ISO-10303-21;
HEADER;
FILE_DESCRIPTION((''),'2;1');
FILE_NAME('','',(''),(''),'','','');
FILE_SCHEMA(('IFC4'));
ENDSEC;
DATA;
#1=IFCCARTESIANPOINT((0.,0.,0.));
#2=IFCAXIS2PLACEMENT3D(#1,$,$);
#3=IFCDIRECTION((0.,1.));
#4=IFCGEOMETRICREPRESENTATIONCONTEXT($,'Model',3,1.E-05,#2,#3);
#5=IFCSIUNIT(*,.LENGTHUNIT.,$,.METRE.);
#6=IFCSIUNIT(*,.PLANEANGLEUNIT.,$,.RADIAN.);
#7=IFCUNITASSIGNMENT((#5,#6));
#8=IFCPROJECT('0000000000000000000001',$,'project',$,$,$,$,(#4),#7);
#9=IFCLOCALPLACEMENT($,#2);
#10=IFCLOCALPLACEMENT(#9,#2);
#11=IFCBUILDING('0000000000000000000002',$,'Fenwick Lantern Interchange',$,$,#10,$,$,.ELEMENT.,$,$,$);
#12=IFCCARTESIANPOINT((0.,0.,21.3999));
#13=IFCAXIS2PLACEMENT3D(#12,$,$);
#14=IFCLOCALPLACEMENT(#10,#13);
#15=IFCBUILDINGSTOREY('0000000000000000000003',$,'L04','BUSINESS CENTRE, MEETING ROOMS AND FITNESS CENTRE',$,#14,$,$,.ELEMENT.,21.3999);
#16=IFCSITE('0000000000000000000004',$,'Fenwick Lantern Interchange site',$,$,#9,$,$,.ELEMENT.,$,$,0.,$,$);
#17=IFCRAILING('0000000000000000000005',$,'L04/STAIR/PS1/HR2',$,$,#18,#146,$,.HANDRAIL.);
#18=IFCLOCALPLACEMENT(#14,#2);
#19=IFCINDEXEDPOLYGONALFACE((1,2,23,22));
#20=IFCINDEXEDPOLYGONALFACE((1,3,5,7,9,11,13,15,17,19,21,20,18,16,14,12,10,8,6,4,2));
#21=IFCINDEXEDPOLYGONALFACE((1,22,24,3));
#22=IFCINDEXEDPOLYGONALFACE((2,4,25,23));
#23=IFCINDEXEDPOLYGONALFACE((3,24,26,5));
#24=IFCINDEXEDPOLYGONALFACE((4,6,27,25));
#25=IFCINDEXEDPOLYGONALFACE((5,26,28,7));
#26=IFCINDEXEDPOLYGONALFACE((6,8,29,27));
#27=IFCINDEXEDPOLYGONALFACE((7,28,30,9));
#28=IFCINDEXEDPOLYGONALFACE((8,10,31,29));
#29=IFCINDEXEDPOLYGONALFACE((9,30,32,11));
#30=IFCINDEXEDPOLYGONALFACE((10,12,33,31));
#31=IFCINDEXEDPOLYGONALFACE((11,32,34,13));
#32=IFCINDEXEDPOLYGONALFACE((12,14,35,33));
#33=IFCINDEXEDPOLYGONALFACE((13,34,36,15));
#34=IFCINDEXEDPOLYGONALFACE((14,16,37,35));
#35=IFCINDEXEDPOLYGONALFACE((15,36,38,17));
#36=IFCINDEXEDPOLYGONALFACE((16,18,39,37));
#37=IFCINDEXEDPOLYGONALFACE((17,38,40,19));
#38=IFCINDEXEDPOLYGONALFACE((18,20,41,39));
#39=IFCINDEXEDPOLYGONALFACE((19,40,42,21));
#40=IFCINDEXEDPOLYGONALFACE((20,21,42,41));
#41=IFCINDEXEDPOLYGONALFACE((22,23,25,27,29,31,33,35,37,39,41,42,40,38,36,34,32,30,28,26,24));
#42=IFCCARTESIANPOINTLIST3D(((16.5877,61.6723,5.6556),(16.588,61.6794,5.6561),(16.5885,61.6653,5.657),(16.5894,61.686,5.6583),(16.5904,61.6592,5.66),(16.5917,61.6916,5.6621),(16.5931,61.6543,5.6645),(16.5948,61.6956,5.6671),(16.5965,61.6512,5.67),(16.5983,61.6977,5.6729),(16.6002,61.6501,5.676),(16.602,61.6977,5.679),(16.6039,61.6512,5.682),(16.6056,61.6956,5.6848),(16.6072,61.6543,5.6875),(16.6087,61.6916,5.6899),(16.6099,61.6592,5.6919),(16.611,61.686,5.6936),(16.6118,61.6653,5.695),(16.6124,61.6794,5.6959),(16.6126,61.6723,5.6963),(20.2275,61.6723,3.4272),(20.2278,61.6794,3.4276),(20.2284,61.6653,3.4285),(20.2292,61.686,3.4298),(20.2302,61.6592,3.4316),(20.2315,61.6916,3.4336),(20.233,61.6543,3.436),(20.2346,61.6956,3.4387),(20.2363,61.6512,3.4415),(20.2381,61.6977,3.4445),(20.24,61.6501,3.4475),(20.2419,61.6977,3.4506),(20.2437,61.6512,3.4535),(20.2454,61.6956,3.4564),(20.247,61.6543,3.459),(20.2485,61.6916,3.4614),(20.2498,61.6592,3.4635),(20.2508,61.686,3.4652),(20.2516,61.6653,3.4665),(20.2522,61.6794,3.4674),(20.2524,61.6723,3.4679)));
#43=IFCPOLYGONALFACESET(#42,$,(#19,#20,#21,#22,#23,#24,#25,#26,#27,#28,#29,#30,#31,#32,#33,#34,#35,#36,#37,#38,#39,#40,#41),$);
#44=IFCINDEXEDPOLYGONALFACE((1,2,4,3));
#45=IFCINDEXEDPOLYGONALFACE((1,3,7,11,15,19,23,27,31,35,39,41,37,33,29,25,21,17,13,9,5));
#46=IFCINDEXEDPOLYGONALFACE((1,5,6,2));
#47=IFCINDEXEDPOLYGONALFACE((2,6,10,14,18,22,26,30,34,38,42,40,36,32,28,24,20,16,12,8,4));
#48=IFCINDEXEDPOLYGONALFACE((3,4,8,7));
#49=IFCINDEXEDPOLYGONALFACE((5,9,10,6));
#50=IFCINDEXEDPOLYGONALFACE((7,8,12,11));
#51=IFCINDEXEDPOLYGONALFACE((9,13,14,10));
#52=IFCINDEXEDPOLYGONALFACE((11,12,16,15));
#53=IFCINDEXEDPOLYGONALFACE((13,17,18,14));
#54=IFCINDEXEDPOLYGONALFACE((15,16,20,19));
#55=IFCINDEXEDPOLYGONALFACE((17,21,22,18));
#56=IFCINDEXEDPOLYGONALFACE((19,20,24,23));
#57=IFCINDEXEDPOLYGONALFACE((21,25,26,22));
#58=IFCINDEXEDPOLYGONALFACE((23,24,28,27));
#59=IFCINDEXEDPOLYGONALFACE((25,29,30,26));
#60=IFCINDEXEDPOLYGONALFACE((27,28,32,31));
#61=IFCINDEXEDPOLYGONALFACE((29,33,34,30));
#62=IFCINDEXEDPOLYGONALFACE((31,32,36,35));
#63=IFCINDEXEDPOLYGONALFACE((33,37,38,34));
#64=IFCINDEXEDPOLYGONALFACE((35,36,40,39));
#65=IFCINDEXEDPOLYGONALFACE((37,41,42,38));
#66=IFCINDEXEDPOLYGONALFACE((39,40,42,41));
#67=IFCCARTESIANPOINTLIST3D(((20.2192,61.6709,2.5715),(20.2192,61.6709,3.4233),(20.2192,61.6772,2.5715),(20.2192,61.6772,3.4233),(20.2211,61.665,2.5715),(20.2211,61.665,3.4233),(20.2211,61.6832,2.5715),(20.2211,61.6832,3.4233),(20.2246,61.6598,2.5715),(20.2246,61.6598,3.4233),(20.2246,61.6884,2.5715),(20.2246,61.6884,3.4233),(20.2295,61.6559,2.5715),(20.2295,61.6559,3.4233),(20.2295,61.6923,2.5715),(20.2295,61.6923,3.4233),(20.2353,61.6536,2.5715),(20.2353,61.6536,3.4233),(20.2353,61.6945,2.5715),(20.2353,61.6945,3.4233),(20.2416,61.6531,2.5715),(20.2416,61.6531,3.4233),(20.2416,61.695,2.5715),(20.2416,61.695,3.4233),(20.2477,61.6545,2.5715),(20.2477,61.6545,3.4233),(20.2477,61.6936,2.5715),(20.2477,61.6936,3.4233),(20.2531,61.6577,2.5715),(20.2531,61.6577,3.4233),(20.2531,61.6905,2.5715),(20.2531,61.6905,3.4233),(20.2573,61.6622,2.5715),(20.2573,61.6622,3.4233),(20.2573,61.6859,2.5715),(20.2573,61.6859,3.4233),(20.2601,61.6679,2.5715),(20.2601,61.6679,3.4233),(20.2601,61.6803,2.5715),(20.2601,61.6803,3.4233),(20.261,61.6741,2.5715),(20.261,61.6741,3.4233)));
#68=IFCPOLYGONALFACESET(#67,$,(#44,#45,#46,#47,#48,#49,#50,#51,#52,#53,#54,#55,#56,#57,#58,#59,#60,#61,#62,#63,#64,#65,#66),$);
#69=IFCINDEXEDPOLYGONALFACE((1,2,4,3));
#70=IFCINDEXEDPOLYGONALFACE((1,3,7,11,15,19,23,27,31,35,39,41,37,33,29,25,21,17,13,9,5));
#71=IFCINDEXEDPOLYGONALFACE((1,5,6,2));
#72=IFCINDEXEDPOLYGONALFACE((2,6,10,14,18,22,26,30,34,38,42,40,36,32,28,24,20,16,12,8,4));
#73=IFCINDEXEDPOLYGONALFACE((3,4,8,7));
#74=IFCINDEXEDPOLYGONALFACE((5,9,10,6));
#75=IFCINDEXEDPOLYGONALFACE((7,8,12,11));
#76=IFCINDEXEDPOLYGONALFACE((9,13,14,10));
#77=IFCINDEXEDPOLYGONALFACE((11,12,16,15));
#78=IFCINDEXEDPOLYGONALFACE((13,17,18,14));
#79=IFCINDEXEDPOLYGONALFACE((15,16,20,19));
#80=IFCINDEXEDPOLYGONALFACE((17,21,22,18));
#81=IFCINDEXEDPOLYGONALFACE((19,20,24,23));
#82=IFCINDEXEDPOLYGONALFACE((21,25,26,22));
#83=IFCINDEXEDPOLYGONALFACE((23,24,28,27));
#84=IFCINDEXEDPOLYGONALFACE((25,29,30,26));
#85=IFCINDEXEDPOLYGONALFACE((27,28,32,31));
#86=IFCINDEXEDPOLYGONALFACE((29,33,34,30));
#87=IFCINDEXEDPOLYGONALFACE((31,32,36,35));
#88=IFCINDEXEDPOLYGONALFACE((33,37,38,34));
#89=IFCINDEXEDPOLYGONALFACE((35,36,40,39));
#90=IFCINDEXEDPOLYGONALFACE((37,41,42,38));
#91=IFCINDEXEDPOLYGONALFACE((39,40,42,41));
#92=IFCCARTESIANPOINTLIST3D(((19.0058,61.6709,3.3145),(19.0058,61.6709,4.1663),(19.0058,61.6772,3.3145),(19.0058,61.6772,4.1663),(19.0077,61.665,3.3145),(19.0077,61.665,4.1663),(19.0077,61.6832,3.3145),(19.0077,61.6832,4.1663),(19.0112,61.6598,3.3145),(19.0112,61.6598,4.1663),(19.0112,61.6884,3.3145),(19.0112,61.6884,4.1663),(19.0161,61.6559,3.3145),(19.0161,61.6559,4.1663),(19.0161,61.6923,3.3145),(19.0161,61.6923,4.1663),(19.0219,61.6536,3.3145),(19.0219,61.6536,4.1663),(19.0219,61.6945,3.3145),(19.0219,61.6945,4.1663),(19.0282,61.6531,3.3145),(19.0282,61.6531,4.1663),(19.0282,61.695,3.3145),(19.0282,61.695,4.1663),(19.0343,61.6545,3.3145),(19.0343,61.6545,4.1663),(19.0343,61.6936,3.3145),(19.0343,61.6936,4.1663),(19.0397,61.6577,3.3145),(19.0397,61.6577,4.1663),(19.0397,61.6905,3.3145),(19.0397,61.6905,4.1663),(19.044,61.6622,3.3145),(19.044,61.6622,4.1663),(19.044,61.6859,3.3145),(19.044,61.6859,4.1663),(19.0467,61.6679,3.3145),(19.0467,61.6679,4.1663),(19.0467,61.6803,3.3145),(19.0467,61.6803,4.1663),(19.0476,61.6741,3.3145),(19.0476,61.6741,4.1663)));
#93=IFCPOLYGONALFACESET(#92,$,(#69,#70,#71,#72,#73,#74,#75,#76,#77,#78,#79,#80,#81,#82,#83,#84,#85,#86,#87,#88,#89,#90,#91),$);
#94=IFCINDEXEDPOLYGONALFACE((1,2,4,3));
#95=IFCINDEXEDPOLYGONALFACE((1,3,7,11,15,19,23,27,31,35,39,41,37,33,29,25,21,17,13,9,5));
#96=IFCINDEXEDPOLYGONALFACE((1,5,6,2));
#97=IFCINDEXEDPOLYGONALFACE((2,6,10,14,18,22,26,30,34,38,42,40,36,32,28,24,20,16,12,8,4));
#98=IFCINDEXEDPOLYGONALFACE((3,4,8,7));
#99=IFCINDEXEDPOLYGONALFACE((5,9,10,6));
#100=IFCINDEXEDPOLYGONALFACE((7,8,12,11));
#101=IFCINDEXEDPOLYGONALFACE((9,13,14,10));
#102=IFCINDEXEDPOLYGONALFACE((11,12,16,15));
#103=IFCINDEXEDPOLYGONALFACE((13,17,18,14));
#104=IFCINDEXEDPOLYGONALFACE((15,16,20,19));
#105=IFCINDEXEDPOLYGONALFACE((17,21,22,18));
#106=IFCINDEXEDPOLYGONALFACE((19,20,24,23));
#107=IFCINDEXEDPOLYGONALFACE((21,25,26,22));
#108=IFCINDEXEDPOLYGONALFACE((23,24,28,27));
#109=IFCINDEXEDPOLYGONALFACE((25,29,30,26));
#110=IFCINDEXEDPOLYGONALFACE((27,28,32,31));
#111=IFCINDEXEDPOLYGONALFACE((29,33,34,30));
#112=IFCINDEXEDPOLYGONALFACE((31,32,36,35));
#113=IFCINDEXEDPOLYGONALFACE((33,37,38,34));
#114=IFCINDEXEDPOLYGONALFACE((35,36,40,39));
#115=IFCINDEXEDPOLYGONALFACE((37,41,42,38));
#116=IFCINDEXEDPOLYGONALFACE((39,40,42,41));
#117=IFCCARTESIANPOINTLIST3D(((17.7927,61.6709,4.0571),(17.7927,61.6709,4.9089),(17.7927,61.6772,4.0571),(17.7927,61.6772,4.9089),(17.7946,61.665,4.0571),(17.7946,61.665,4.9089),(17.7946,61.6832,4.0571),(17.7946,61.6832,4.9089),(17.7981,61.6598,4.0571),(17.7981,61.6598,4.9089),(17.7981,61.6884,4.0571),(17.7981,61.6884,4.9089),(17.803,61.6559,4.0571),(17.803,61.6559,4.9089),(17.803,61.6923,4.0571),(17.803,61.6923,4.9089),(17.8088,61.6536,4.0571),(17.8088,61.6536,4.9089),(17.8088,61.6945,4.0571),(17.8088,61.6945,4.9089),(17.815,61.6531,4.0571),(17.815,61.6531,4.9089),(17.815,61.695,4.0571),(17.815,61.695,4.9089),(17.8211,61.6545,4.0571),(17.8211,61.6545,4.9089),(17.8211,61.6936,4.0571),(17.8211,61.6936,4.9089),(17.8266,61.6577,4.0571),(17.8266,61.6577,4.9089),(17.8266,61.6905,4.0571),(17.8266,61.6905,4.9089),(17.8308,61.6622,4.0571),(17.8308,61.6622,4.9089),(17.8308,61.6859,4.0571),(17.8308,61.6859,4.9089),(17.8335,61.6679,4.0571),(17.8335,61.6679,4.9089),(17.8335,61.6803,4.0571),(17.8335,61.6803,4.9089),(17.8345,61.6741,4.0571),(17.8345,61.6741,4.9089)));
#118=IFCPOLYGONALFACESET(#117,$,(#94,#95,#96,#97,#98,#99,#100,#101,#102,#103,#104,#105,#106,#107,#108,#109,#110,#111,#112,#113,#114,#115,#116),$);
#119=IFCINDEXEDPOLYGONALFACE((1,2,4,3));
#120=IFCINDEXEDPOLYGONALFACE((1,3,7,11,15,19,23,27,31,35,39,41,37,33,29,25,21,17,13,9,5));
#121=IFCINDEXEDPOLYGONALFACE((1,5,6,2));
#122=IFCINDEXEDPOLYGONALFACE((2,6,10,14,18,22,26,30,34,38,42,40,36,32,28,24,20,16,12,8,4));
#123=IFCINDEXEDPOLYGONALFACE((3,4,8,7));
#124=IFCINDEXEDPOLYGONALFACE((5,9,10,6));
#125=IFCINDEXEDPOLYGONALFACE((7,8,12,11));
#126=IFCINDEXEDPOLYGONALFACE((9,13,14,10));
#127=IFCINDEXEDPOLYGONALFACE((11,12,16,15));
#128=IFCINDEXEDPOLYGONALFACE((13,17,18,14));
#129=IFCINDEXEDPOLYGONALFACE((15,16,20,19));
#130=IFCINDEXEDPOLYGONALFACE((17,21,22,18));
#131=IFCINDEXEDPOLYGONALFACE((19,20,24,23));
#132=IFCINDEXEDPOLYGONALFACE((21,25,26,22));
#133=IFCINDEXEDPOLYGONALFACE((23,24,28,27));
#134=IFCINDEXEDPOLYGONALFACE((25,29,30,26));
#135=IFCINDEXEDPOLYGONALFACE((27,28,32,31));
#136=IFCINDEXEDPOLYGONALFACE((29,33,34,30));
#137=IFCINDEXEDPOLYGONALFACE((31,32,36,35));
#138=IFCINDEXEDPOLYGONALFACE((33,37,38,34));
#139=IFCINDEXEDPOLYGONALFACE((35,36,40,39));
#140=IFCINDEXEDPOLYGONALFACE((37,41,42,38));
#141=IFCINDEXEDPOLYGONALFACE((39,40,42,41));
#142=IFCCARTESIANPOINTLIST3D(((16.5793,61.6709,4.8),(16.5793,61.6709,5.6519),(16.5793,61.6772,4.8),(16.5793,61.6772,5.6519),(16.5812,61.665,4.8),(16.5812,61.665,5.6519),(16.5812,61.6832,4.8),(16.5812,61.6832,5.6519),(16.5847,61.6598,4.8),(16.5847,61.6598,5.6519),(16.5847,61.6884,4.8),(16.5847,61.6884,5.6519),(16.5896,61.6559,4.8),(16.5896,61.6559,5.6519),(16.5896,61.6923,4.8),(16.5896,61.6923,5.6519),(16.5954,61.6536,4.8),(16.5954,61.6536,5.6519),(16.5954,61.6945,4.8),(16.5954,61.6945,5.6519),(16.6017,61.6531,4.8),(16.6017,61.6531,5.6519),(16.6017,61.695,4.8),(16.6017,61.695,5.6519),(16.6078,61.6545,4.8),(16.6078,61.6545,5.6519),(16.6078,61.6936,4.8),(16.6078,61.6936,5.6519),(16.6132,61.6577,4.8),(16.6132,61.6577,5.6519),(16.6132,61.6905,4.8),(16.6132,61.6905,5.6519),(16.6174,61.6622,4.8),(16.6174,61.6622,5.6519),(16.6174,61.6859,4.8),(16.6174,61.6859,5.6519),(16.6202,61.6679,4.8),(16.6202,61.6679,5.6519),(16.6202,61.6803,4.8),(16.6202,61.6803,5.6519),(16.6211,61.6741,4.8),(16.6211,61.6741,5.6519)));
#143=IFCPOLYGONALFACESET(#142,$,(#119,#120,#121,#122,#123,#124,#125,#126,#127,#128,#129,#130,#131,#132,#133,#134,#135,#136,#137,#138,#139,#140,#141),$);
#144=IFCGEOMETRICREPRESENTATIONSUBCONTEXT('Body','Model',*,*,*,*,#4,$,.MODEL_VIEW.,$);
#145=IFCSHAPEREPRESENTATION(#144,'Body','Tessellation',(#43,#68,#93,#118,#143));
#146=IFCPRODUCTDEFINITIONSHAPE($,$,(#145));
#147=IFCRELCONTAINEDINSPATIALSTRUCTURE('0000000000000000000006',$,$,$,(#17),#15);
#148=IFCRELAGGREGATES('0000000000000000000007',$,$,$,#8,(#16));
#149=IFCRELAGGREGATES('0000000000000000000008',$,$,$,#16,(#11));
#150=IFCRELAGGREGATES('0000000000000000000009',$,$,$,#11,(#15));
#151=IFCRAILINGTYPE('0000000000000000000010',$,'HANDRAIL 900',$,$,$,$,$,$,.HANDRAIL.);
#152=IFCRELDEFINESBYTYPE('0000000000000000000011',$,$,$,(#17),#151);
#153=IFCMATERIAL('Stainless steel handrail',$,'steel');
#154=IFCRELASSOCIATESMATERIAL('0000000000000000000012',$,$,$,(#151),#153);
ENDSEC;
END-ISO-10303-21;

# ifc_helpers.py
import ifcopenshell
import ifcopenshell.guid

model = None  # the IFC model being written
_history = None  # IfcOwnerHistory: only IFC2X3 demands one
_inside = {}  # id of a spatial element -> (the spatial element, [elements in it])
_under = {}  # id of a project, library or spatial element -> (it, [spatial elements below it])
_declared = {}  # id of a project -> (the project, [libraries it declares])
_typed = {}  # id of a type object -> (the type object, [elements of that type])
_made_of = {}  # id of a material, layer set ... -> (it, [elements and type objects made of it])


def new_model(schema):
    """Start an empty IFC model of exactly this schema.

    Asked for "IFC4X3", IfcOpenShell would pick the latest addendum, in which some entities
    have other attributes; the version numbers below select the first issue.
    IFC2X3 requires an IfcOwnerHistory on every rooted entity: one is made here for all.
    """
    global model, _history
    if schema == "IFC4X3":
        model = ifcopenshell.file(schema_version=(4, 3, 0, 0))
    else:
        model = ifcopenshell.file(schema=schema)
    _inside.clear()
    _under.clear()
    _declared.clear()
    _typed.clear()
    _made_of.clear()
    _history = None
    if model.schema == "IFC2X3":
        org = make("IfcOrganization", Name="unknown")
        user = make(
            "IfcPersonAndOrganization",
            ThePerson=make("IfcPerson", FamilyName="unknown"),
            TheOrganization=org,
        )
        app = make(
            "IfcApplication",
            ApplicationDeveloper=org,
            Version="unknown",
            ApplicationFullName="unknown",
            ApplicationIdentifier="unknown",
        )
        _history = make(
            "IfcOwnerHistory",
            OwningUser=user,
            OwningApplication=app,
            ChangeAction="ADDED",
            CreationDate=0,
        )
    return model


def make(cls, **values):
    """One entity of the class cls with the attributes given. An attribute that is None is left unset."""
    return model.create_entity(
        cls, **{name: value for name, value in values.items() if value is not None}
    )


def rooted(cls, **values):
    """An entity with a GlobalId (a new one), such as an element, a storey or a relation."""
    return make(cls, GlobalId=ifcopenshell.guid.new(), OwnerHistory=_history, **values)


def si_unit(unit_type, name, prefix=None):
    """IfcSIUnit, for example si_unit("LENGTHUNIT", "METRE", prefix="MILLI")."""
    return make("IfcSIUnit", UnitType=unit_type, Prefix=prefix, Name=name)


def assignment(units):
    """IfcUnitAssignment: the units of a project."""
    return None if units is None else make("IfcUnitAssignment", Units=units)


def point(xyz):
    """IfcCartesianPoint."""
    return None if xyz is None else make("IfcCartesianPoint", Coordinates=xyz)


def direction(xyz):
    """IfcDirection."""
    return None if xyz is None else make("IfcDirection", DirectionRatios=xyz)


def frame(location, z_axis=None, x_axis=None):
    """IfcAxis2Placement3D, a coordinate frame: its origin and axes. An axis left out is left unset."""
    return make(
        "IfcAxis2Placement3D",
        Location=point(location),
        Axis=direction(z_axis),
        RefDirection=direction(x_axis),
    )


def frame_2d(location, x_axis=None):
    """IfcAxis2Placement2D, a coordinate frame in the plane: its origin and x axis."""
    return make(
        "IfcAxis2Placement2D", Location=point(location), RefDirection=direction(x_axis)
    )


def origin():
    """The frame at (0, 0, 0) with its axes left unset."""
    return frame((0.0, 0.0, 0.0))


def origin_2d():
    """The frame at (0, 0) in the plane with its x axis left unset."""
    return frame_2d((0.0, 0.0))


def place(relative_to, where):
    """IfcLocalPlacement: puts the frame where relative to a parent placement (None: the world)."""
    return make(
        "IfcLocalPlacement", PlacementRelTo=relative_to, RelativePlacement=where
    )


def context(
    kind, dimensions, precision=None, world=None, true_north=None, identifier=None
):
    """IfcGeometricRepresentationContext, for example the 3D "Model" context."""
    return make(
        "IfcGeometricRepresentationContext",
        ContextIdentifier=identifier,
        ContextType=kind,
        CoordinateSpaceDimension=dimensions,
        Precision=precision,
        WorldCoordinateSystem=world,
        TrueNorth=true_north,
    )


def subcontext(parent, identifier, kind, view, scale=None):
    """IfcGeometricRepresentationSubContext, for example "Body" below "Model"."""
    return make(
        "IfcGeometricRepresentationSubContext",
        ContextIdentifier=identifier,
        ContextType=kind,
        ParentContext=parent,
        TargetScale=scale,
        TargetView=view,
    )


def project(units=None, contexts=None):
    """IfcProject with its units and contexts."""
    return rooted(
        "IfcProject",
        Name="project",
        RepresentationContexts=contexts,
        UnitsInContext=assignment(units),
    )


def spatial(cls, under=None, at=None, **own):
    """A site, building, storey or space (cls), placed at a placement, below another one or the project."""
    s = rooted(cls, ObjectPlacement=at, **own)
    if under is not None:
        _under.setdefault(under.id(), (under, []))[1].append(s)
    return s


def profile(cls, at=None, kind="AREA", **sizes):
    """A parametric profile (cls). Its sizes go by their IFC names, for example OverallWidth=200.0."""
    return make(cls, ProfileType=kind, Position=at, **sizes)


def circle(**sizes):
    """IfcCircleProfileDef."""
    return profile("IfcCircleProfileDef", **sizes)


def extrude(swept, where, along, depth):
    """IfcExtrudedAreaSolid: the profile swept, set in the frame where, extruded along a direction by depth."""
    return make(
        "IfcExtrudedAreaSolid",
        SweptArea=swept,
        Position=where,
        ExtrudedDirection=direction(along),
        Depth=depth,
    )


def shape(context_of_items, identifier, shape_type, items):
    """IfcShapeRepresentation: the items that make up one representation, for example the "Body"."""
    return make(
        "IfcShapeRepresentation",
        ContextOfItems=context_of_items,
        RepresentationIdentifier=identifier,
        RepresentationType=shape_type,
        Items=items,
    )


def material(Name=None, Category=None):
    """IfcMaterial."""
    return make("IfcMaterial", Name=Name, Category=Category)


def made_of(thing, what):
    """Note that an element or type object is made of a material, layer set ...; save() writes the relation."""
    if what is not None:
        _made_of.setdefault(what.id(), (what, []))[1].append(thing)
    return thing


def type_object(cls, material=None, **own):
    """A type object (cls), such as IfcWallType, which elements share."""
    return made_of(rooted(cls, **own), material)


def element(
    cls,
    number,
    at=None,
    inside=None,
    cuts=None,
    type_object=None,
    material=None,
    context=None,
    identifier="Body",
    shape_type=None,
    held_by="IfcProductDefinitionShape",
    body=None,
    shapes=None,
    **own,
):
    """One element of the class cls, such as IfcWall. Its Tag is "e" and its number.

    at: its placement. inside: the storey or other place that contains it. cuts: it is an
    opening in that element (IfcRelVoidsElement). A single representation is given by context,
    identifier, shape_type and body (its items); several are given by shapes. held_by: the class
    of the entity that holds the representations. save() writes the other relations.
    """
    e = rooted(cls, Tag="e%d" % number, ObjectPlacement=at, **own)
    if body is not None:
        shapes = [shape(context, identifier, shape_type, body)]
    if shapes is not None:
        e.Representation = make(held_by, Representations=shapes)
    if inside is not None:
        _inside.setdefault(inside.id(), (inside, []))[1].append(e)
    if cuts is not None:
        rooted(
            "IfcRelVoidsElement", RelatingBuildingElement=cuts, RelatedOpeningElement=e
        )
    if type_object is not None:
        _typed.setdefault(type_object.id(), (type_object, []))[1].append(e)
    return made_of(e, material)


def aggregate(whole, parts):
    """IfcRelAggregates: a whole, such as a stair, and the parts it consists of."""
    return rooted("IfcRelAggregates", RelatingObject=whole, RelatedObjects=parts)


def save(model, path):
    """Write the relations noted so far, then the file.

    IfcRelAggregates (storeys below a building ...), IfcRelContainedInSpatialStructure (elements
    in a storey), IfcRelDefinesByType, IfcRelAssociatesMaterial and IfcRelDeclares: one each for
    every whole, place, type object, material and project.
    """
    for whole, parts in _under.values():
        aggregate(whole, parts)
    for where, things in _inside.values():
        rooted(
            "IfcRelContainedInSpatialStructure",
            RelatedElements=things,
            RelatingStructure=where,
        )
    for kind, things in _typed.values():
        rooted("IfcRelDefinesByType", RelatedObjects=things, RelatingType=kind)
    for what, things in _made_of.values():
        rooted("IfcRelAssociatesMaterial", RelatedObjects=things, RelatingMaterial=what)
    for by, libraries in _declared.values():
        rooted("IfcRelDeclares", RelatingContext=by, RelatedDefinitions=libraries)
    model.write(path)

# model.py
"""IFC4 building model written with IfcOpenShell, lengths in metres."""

from ifc_helpers import new_model, si_unit, direction, frame, origin, origin_2d, place, context, subcontext, project, spatial, circle, extrude, material, type_object, element, save


model = new_model("IFC4")

# Units and contexts
model_context = context("Model", 3, precision=1e-05, world=origin(), true_north=direction((0.0, 1.0)))
body_context = subcontext(model_context, "Body", "Model", "MODEL_VIEW")
ifc_project = project(units=[si_unit("LENGTHUNIT", "METRE"), si_unit("PLANEANGLEUNIT", "RADIAN")], contexts=[model_context])

# Site, building, storey
site_placement = place(None, origin())
site = spatial("IfcSite", under=ifc_project, at=site_placement, Name="Fenwick Lantern Interchange site", CompositionType="ELEMENT", RefElevation=0.0)
building_placement = place(site_placement, origin())
building = spatial("IfcBuilding", under=site, at=building_placement, Name="Fenwick Lantern Interchange", CompositionType="ELEMENT")
storey_placement = place(building_placement, frame((0.0, 0.0, 21.3999)))
storey = spatial("IfcBuildingStorey", under=building, at=storey_placement, Name="L04", Description="BUSINESS CENTRE, MEETING ROOMS AND FITNESS CENTRE", CompositionType="ELEMENT", Elevation=21.3999)

# Railing
ifc_material_1 = material(Name="Stainless steel handrail", Category="steel")
railing_type = type_object("IfcRailingType", Name="HANDRAIL 900", PredefinedType="HANDRAIL", material=ifc_material_1)
railing_1_placement = place(storey_placement, frame((20.24, 61.6741, 2.5715)))
element("IfcRailing", 1, at=railing_1_placement, inside=storey, type_object=railing_type, Name="L04/STAIR/PS1/HR2", PredefinedType="HANDRAIL", context=body_context, shape_type="SweptSolid", body=[
    extrude(circle(Radius=0.0239, at=origin_2d()), frame((0.0, 0.0, 0.876), z_axis=(-0.85285, 0.0, 0.522156), x_axis=(0.0, -1.0, 0.0)), (0.0, 0.0, 1.0), 4.2678),
    extrude(circle(Radius=0.021, at=origin_2d()), origin(), (0.0, 0.0, 1.0), 0.8518),
    extrude(circle(Radius=0.021, at=origin_2d()), frame((-1.2134, 0.0, 0.7429)), (0.0, 0.0, 1.0), 0.8518),
    extrude(circle(Radius=0.021, at=origin_2d()), frame((-2.4265, 0.0, 1.4856)), (0.0, 0.0, 1.0), 0.8518),
    extrude(circle(Radius=0.021, at=origin_2d()), frame((-3.6399, 0.0, 2.2285)), (0.0, 0.0, 1.0), 0.8518),
])

save(model, "model.ifc")
